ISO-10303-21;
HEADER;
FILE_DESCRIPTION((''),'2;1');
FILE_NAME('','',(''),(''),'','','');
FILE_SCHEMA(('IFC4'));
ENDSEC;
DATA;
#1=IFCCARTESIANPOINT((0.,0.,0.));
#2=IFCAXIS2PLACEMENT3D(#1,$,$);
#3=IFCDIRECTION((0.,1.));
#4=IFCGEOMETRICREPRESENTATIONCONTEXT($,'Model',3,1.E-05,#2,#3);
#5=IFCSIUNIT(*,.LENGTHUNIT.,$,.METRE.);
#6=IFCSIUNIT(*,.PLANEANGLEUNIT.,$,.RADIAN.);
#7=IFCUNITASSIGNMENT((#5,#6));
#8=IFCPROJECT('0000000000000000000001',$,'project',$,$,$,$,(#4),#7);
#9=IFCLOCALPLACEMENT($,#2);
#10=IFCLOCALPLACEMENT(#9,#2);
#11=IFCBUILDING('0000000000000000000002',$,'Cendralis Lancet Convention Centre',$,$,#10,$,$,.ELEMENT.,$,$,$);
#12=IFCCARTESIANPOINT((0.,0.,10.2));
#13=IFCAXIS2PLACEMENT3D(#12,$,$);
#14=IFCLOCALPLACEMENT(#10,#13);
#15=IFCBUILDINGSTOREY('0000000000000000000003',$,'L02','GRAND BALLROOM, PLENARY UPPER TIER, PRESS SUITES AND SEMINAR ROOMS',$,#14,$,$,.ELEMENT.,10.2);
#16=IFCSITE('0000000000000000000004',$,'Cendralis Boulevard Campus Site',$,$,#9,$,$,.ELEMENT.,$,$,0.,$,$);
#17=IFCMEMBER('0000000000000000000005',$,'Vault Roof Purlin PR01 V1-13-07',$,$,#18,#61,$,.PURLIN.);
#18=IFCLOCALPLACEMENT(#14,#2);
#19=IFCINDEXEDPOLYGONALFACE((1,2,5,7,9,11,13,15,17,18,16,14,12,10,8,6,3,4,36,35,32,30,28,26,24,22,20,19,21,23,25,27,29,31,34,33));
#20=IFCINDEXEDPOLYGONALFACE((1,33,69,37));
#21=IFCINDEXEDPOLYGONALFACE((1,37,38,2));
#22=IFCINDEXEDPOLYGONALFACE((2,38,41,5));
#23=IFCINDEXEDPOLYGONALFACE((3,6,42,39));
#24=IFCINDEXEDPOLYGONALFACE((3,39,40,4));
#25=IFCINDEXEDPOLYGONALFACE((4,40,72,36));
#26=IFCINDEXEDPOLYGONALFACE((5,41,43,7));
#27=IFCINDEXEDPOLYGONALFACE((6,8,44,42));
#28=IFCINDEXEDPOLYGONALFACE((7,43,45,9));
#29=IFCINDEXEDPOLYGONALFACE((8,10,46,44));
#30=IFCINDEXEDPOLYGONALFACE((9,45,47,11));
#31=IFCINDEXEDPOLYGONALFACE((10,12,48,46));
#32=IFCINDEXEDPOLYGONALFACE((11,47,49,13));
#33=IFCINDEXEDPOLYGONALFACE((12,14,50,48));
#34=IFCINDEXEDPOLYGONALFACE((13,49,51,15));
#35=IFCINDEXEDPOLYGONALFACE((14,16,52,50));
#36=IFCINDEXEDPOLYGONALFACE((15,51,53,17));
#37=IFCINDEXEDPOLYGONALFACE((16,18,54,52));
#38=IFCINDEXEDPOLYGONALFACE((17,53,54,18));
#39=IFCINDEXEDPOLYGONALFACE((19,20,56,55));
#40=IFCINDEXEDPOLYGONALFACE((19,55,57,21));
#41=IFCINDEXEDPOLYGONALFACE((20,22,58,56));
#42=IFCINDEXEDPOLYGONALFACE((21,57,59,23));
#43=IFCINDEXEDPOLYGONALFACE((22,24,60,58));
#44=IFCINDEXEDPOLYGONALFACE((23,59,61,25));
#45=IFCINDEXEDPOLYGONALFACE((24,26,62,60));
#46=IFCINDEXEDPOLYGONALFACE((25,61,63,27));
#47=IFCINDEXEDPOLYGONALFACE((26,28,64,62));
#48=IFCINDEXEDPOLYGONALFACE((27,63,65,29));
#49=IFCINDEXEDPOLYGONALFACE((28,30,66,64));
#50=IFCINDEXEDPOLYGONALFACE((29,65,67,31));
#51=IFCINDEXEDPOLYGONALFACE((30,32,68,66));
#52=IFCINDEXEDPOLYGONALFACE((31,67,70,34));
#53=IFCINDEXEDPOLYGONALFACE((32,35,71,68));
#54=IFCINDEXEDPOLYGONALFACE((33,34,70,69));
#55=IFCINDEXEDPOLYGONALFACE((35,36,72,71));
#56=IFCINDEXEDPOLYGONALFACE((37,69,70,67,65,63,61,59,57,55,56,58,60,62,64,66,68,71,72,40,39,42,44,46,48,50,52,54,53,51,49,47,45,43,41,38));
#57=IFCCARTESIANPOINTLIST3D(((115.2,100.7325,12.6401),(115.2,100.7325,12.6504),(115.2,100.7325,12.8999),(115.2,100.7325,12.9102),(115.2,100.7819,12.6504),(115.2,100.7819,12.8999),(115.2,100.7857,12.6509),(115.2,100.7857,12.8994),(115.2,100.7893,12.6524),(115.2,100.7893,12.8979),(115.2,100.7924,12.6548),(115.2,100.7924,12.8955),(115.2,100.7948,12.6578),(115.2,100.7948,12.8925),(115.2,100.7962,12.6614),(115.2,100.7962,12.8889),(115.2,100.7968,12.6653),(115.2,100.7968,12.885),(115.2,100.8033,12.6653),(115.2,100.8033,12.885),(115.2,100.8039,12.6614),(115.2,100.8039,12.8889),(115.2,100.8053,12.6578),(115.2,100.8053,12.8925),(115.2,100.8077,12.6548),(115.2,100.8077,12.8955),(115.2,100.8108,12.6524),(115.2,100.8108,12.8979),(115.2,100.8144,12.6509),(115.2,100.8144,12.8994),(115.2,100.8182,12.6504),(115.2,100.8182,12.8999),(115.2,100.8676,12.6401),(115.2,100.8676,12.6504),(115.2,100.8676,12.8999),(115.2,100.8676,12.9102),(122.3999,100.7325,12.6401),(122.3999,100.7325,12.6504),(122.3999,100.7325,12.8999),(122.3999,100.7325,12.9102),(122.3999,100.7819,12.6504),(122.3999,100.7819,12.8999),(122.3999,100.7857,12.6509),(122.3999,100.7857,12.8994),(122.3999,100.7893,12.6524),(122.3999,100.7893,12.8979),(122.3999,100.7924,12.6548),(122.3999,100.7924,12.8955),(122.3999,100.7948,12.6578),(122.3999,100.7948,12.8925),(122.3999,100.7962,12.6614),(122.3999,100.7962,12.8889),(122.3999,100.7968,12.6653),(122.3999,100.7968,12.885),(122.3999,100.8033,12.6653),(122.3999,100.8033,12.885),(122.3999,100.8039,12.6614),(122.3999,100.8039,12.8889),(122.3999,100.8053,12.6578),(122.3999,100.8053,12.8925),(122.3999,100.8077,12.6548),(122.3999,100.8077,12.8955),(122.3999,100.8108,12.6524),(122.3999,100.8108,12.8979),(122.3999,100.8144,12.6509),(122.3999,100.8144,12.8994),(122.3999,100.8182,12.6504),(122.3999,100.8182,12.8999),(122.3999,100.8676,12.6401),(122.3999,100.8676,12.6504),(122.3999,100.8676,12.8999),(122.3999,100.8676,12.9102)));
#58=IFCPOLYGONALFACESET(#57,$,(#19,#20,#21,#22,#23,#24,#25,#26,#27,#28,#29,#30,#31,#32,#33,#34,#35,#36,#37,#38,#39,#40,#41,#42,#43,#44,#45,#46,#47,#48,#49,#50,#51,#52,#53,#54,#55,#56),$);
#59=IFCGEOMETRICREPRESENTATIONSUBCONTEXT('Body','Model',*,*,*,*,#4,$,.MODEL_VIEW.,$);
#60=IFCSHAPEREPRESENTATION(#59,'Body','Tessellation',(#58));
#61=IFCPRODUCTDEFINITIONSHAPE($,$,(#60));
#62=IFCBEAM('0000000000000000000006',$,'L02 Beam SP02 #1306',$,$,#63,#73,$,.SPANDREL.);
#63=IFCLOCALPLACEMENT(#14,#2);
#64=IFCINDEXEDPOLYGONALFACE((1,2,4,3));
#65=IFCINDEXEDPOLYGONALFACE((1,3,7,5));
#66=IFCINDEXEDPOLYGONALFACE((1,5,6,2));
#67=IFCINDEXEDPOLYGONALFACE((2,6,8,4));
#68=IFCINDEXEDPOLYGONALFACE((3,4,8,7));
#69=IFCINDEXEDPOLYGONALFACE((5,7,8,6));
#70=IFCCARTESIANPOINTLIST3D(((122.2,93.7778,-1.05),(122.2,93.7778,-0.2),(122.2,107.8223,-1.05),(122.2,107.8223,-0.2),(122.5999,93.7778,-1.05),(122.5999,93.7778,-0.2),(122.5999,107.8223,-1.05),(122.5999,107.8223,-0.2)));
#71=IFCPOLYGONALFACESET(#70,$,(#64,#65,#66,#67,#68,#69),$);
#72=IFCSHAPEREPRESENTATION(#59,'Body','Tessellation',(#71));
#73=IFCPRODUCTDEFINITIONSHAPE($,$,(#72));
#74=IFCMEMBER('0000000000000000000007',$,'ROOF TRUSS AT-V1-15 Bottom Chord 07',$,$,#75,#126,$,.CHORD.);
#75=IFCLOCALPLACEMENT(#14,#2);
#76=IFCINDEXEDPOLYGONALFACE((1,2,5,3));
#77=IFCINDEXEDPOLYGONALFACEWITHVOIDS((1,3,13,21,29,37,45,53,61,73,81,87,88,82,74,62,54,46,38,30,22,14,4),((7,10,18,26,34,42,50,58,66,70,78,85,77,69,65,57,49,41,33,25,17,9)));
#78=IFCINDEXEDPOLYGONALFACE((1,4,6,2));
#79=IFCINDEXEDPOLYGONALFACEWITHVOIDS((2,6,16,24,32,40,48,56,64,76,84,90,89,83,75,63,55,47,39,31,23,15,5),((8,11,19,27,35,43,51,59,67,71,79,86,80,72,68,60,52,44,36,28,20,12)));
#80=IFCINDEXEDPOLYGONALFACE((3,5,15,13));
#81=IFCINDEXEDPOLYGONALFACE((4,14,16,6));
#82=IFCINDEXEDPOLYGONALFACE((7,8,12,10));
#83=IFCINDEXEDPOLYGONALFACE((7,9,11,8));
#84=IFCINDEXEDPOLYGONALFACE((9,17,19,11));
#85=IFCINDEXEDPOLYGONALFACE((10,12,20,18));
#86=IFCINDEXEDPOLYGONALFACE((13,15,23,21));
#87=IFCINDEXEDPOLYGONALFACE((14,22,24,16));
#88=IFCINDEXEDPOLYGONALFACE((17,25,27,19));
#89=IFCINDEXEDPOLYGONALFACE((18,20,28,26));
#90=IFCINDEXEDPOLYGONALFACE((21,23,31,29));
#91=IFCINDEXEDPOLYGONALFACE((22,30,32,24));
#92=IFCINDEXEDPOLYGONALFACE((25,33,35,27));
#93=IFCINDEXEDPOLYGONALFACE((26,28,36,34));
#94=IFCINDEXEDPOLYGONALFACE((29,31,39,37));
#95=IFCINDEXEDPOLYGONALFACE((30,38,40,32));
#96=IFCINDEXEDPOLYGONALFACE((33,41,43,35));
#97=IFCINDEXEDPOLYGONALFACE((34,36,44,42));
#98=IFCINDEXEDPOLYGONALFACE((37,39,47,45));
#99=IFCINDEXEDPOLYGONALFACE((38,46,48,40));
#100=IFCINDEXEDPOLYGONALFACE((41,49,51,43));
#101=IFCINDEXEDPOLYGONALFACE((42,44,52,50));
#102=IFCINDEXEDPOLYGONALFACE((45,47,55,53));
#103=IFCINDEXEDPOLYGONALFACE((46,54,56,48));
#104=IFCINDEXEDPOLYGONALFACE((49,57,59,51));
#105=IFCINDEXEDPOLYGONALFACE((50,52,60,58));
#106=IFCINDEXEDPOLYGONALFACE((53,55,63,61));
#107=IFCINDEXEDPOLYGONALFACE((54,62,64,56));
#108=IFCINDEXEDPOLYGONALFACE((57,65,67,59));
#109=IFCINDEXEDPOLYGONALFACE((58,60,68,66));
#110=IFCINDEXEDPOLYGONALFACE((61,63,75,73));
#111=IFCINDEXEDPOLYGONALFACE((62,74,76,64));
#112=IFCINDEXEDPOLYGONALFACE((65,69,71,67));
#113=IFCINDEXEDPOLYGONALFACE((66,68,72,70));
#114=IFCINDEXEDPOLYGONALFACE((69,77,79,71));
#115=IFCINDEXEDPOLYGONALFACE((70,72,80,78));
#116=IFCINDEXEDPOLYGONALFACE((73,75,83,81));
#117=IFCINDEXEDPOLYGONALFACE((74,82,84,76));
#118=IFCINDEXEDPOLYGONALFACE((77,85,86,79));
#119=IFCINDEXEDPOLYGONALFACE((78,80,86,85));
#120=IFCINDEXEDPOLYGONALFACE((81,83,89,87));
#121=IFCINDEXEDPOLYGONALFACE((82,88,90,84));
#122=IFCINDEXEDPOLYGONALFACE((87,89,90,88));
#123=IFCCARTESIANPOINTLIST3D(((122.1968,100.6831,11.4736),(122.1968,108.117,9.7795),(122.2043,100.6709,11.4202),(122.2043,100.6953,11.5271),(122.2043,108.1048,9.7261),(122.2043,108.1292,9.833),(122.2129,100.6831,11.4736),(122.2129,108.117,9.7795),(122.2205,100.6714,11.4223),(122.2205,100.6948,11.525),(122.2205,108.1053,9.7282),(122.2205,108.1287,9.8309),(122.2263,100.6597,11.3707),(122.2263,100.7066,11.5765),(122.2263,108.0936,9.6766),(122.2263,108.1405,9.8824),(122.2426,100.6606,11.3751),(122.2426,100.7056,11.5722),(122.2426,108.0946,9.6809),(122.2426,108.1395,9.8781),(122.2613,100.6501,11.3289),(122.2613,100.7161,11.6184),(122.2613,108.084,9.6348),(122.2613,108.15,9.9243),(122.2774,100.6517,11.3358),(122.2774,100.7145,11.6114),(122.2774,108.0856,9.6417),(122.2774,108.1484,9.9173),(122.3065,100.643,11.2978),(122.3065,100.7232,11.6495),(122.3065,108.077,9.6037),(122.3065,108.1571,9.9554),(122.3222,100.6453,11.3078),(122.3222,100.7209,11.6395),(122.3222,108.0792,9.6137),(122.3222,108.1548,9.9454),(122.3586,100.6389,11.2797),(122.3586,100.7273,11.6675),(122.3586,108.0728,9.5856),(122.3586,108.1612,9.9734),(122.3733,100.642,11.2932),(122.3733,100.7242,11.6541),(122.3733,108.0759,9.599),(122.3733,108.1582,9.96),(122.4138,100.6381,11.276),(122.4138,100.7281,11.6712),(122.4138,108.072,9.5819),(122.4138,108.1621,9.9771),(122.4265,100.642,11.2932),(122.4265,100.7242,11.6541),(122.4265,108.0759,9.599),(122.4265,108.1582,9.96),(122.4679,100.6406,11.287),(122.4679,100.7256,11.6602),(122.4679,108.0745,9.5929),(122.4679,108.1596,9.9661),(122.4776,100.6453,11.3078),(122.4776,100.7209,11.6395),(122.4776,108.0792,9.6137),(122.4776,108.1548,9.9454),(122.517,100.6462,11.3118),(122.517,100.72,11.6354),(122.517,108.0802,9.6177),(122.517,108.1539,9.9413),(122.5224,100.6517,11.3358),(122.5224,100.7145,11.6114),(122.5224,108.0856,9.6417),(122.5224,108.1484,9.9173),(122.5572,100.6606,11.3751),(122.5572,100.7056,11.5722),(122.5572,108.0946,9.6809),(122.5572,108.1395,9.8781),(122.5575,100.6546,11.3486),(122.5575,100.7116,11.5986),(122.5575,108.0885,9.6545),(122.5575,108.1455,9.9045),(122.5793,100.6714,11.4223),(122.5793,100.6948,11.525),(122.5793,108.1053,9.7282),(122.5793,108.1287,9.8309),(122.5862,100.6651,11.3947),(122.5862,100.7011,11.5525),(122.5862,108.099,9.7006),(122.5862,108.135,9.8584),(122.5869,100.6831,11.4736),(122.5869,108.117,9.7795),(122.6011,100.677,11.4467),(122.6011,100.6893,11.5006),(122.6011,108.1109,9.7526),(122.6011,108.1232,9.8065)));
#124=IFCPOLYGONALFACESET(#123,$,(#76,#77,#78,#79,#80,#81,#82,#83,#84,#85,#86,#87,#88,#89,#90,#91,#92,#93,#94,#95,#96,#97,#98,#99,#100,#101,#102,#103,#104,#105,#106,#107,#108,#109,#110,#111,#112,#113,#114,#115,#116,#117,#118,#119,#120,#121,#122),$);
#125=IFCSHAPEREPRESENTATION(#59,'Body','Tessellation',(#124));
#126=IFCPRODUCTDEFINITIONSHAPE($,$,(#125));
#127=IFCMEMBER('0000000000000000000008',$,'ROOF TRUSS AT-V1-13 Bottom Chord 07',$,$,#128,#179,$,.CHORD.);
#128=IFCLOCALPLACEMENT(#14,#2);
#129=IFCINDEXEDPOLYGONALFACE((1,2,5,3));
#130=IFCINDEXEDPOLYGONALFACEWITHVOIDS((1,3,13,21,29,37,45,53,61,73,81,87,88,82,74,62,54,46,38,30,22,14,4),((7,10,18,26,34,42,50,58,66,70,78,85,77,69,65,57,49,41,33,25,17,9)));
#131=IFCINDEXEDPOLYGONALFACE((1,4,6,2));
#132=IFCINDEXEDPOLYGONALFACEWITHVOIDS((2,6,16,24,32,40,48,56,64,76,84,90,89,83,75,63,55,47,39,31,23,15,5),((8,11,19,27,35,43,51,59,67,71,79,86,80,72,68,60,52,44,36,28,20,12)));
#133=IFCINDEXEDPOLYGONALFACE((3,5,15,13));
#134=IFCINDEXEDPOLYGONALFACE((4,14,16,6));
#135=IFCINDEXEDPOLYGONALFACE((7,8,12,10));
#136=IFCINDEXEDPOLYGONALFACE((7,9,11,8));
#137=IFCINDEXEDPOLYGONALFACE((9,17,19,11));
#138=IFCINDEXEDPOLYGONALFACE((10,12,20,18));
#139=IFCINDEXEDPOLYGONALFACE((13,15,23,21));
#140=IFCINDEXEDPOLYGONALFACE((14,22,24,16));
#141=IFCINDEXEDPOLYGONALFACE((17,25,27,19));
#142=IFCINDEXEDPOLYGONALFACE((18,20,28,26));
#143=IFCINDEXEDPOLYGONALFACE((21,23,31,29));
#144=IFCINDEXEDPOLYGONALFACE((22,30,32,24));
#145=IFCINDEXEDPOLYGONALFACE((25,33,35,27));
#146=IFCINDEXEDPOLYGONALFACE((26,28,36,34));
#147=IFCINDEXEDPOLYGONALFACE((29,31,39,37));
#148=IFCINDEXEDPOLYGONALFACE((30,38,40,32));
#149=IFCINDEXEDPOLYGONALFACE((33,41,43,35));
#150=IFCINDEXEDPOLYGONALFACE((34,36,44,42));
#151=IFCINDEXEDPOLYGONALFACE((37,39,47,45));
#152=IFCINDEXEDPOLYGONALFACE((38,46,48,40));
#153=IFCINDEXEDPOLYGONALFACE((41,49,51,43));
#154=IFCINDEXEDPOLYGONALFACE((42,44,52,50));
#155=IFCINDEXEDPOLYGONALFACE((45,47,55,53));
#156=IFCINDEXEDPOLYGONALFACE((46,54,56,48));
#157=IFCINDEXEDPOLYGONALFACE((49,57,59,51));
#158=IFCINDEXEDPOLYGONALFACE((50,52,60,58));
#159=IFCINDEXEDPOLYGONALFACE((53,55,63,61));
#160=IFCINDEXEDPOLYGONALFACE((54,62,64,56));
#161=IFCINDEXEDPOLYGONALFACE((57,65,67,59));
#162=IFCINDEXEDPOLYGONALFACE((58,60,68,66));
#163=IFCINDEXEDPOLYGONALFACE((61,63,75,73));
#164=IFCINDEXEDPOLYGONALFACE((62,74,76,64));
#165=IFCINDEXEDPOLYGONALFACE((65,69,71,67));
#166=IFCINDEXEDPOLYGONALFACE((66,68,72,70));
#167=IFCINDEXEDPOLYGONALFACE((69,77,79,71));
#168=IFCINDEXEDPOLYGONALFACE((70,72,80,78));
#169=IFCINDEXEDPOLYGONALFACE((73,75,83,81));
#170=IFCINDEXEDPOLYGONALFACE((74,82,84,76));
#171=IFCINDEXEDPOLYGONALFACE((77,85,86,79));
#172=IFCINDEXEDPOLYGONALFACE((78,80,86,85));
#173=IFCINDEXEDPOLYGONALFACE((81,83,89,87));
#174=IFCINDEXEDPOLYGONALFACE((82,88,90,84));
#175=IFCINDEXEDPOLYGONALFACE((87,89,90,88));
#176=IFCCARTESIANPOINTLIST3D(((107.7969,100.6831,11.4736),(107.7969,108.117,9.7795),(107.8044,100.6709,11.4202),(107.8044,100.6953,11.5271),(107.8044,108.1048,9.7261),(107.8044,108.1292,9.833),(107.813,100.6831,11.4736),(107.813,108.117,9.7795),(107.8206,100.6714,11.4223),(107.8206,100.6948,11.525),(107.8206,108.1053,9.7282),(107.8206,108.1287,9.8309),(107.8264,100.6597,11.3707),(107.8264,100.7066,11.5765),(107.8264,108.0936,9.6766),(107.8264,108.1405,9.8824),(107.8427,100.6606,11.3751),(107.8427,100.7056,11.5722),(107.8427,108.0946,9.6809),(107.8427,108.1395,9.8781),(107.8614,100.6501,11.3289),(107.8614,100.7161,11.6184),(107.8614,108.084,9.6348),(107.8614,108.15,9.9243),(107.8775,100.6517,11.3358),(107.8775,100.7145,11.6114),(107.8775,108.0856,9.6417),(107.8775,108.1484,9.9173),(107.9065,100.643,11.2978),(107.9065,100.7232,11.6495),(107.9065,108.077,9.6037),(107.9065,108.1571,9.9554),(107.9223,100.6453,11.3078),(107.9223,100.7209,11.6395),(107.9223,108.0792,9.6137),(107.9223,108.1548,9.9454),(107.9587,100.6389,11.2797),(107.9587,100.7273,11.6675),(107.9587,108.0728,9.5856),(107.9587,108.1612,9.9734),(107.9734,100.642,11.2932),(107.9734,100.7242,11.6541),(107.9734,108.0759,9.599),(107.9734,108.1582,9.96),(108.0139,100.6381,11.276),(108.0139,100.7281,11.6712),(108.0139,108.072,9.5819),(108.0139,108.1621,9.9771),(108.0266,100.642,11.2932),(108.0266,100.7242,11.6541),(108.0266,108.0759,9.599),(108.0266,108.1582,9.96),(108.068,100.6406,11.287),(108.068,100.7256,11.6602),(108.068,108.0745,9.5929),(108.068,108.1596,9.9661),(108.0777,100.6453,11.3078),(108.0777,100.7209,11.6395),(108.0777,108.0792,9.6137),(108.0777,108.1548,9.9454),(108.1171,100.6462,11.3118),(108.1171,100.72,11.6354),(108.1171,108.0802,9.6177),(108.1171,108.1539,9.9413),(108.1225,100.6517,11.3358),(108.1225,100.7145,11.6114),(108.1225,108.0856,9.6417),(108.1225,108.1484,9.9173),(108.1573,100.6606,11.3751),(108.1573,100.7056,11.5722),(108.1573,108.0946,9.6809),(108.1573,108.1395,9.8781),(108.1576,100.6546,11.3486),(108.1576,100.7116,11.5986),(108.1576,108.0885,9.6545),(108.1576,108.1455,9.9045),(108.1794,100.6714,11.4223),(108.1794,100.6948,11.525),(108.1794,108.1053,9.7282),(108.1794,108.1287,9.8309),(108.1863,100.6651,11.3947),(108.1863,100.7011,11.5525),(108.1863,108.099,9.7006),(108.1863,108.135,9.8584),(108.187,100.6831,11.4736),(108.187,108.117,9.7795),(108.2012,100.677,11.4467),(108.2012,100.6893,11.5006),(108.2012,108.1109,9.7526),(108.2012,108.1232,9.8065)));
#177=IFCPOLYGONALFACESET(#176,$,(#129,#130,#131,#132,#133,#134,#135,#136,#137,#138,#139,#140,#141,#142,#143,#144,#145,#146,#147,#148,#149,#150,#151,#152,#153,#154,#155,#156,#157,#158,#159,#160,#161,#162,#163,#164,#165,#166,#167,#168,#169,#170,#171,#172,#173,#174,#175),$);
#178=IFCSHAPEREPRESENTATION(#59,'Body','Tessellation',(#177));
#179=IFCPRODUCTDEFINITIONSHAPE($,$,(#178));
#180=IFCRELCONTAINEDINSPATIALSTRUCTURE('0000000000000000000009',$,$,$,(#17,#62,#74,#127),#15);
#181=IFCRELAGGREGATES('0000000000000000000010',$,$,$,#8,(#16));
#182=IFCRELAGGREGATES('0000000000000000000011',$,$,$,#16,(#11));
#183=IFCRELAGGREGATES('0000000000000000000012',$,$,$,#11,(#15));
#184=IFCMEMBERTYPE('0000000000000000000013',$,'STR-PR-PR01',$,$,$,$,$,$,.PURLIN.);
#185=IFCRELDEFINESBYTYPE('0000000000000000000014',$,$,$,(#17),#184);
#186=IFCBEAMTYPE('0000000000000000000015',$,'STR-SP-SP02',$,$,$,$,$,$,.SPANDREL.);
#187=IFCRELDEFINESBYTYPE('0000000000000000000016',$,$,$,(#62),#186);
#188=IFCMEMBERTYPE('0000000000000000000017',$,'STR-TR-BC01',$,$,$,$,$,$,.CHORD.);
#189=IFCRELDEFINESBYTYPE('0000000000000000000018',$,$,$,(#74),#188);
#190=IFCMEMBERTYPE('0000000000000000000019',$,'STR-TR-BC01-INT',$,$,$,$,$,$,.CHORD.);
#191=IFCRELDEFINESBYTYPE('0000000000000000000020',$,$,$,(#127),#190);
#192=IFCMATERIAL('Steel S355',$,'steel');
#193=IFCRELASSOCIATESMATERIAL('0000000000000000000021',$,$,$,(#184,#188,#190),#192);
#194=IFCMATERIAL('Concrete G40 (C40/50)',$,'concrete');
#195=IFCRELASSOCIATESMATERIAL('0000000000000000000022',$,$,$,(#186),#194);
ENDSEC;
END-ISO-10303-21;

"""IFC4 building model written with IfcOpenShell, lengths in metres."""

from ifc_helpers import new_model, si_unit, direction, frame, origin, origin_2d, place, context, subcontext, project, spatial, rectangle, hollow_circle, i_section, extrude, material, material_profile, profile_set, type_object, element, save


model = new_model("IFC4")

# Units and contexts
model_context = context("Model", 3, precision=1e-05, world=origin(), true_north=direction((0.0, 1.0)))
body_context = subcontext(model_context, "Body", "Model", "MODEL_VIEW")
ifc_project = project(units=[si_unit("LENGTHUNIT", "METRE"), si_unit("PLANEANGLEUNIT", "RADIAN")], contexts=[model_context])

# Site, building, storey
site_placement = place(None, origin())
site = spatial("IfcSite", under=ifc_project, at=site_placement, Name="Cendralis Boulevard Campus Site", CompositionType="ELEMENT", RefElevation=0.0)
building_placement = place(site_placement, origin())
building = spatial("IfcBuilding", under=site, at=building_placement, Name="Cendralis Lancet Convention Centre", CompositionType="ELEMENT")
storey_placement = place(building_placement, frame((0.0, 0.0, 10.2)))
storey = spatial("IfcBuildingStorey", under=building, at=storey_placement, Name="L02", Description="GRAND BALLROOM, PLENARY UPPER TIER, PRESS SUITES AND SEMINAR ROOMS", CompositionType="ELEMENT", Elevation=10.2)

# Shared definitions
ifc_material_1 = material(Name="Steel S355", Category="steel")

# Member
ifc_material_profile_1 = material_profile(ifc_material_1, i_section(OverallWidth=0.135, OverallDepth=0.27, WebThickness=0.0066, FlangeThickness=0.0103, FilletRadius=0.0149, at=origin_2d()), Name="IPE 270")
ifc_profile_set_1 = profile_set([ifc_material_profile_1], Name="Steel S355")
member_type_1 = type_object("IfcMemberType", Name="STR-PR-PR01", PredefinedType="PURLIN", material=ifc_profile_set_1)
for number, where, z_axis, x_axis, name in (
    (1, (115.2, 100.8, 12.7751), (1.0, 0.0, 0.0), (0.0, 1.0, 0.0), "Vault Roof Purlin PR01 V1-13-07"),
):
    element("IfcMember", number, at=place(storey_placement, frame(where, z_axis=z_axis, x_axis=x_axis)), inside=storey, type_object=member_type_1, Name=name, PredefinedType="PURLIN", context=body_context, shape_type="SweptSolid", body=[
        extrude(i_section(OverallWidth=0.135, OverallDepth=0.27, WebThickness=0.0066, FlangeThickness=0.0103, FilletRadius=0.0149, at=origin_2d()), origin(), (0.0, 0.0, 1.0), 7.2),
    ])

# Beam
ifc_material_2 = material(Name="Concrete G40 (C40/50)", Category="concrete")
ifc_material_profile_2 = material_profile(ifc_material_2, rectangle(XDim=0.3999, YDim=0.8501, at=origin_2d()), Name="RCB 400x850")
ifc_profile_set_2 = profile_set([ifc_material_profile_2], Name="Concrete G40 (C40/50)")
beam_type_1 = type_object("IfcBeamType", Name="STR-SP-SP02", PredefinedType="SPANDREL", material=ifc_profile_set_2)
beam_placement = place(storey_placement, frame((122.3999, 93.7778, -0.625), z_axis=(0.0, 1.0, 0.0), x_axis=(-1.0, 0.0, 0.0)))
element("IfcBeam", 2, at=beam_placement, inside=storey, type_object=beam_type_1, Name="L02 Beam SP02 #1306", PredefinedType="SPANDREL", context=body_context, shape_type="SweptSolid", body=[
    extrude(rectangle(XDim=0.3999, YDim=0.8501, at=origin_2d()), origin(), (0.0, 0.0, 1.0), 14.0444),
])

# Members
ifc_material_profile_3 = material_profile(ifc_material_1, hollow_circle(Radius=0.2031, WallThickness=0.0161, at=origin_2d()), Name="CHS 406.4x16.0")
ifc_profile_set_3 = profile_set([ifc_material_profile_3], Name="Steel S355")
member_type_2 = type_object("IfcMemberType", Name="STR-TR-BC01", PredefinedType="CHORD", material=ifc_profile_set_3)
member_1_placement = place(storey_placement, frame((122.3999, 100.6831, 11.4736), z_axis=(0.0, 0.975003, -0.222193), x_axis=(-1.0, 0.0, 0.0)))
element("IfcMember", 3, at=member_1_placement, inside=storey, type_object=member_type_2, Name="ROOF TRUSS AT-V1-15 Bottom Chord 07", PredefinedType="CHORD", context=body_context, shape_type="SweptSolid", body=[
    extrude(hollow_circle(Radius=0.2031, WallThickness=0.0161, at=origin_2d()), origin(), (0.0, 0.0, 1.0), 7.6245),
])
ifc_material_profile_4 = material_profile(ifc_material_1, hollow_circle(Radius=0.2031, WallThickness=0.0161, at=origin_2d()), Name="CHS 406.4x16.0")
ifc_profile_set_4 = profile_set([ifc_material_profile_4], Name="Steel S355")
member_type_3 = type_object("IfcMemberType", Name="STR-TR-BC01-INT", PredefinedType="CHORD", material=ifc_profile_set_4)
for number, where, z_axis, x_axis, name in (
    (4, (108.0, 100.6831, 11.4736), (0.0, 0.975003, -0.222193), (-1.0, 0.0, 0.0), "ROOF TRUSS AT-V1-13 Bottom Chord 07"),
):
    element("IfcMember", number, at=place(storey_placement, frame(where, z_axis=z_axis, x_axis=x_axis)), inside=storey, type_object=member_type_3, Name=name, PredefinedType="CHORD", context=body_context, shape_type="SweptSolid", body=[
        extrude(hollow_circle(Radius=0.2031, WallThickness=0.0161, at=origin_2d()), origin(), (0.0, 0.0, 1.0), 7.6245),
    ])

save(model, "model.ifc")
